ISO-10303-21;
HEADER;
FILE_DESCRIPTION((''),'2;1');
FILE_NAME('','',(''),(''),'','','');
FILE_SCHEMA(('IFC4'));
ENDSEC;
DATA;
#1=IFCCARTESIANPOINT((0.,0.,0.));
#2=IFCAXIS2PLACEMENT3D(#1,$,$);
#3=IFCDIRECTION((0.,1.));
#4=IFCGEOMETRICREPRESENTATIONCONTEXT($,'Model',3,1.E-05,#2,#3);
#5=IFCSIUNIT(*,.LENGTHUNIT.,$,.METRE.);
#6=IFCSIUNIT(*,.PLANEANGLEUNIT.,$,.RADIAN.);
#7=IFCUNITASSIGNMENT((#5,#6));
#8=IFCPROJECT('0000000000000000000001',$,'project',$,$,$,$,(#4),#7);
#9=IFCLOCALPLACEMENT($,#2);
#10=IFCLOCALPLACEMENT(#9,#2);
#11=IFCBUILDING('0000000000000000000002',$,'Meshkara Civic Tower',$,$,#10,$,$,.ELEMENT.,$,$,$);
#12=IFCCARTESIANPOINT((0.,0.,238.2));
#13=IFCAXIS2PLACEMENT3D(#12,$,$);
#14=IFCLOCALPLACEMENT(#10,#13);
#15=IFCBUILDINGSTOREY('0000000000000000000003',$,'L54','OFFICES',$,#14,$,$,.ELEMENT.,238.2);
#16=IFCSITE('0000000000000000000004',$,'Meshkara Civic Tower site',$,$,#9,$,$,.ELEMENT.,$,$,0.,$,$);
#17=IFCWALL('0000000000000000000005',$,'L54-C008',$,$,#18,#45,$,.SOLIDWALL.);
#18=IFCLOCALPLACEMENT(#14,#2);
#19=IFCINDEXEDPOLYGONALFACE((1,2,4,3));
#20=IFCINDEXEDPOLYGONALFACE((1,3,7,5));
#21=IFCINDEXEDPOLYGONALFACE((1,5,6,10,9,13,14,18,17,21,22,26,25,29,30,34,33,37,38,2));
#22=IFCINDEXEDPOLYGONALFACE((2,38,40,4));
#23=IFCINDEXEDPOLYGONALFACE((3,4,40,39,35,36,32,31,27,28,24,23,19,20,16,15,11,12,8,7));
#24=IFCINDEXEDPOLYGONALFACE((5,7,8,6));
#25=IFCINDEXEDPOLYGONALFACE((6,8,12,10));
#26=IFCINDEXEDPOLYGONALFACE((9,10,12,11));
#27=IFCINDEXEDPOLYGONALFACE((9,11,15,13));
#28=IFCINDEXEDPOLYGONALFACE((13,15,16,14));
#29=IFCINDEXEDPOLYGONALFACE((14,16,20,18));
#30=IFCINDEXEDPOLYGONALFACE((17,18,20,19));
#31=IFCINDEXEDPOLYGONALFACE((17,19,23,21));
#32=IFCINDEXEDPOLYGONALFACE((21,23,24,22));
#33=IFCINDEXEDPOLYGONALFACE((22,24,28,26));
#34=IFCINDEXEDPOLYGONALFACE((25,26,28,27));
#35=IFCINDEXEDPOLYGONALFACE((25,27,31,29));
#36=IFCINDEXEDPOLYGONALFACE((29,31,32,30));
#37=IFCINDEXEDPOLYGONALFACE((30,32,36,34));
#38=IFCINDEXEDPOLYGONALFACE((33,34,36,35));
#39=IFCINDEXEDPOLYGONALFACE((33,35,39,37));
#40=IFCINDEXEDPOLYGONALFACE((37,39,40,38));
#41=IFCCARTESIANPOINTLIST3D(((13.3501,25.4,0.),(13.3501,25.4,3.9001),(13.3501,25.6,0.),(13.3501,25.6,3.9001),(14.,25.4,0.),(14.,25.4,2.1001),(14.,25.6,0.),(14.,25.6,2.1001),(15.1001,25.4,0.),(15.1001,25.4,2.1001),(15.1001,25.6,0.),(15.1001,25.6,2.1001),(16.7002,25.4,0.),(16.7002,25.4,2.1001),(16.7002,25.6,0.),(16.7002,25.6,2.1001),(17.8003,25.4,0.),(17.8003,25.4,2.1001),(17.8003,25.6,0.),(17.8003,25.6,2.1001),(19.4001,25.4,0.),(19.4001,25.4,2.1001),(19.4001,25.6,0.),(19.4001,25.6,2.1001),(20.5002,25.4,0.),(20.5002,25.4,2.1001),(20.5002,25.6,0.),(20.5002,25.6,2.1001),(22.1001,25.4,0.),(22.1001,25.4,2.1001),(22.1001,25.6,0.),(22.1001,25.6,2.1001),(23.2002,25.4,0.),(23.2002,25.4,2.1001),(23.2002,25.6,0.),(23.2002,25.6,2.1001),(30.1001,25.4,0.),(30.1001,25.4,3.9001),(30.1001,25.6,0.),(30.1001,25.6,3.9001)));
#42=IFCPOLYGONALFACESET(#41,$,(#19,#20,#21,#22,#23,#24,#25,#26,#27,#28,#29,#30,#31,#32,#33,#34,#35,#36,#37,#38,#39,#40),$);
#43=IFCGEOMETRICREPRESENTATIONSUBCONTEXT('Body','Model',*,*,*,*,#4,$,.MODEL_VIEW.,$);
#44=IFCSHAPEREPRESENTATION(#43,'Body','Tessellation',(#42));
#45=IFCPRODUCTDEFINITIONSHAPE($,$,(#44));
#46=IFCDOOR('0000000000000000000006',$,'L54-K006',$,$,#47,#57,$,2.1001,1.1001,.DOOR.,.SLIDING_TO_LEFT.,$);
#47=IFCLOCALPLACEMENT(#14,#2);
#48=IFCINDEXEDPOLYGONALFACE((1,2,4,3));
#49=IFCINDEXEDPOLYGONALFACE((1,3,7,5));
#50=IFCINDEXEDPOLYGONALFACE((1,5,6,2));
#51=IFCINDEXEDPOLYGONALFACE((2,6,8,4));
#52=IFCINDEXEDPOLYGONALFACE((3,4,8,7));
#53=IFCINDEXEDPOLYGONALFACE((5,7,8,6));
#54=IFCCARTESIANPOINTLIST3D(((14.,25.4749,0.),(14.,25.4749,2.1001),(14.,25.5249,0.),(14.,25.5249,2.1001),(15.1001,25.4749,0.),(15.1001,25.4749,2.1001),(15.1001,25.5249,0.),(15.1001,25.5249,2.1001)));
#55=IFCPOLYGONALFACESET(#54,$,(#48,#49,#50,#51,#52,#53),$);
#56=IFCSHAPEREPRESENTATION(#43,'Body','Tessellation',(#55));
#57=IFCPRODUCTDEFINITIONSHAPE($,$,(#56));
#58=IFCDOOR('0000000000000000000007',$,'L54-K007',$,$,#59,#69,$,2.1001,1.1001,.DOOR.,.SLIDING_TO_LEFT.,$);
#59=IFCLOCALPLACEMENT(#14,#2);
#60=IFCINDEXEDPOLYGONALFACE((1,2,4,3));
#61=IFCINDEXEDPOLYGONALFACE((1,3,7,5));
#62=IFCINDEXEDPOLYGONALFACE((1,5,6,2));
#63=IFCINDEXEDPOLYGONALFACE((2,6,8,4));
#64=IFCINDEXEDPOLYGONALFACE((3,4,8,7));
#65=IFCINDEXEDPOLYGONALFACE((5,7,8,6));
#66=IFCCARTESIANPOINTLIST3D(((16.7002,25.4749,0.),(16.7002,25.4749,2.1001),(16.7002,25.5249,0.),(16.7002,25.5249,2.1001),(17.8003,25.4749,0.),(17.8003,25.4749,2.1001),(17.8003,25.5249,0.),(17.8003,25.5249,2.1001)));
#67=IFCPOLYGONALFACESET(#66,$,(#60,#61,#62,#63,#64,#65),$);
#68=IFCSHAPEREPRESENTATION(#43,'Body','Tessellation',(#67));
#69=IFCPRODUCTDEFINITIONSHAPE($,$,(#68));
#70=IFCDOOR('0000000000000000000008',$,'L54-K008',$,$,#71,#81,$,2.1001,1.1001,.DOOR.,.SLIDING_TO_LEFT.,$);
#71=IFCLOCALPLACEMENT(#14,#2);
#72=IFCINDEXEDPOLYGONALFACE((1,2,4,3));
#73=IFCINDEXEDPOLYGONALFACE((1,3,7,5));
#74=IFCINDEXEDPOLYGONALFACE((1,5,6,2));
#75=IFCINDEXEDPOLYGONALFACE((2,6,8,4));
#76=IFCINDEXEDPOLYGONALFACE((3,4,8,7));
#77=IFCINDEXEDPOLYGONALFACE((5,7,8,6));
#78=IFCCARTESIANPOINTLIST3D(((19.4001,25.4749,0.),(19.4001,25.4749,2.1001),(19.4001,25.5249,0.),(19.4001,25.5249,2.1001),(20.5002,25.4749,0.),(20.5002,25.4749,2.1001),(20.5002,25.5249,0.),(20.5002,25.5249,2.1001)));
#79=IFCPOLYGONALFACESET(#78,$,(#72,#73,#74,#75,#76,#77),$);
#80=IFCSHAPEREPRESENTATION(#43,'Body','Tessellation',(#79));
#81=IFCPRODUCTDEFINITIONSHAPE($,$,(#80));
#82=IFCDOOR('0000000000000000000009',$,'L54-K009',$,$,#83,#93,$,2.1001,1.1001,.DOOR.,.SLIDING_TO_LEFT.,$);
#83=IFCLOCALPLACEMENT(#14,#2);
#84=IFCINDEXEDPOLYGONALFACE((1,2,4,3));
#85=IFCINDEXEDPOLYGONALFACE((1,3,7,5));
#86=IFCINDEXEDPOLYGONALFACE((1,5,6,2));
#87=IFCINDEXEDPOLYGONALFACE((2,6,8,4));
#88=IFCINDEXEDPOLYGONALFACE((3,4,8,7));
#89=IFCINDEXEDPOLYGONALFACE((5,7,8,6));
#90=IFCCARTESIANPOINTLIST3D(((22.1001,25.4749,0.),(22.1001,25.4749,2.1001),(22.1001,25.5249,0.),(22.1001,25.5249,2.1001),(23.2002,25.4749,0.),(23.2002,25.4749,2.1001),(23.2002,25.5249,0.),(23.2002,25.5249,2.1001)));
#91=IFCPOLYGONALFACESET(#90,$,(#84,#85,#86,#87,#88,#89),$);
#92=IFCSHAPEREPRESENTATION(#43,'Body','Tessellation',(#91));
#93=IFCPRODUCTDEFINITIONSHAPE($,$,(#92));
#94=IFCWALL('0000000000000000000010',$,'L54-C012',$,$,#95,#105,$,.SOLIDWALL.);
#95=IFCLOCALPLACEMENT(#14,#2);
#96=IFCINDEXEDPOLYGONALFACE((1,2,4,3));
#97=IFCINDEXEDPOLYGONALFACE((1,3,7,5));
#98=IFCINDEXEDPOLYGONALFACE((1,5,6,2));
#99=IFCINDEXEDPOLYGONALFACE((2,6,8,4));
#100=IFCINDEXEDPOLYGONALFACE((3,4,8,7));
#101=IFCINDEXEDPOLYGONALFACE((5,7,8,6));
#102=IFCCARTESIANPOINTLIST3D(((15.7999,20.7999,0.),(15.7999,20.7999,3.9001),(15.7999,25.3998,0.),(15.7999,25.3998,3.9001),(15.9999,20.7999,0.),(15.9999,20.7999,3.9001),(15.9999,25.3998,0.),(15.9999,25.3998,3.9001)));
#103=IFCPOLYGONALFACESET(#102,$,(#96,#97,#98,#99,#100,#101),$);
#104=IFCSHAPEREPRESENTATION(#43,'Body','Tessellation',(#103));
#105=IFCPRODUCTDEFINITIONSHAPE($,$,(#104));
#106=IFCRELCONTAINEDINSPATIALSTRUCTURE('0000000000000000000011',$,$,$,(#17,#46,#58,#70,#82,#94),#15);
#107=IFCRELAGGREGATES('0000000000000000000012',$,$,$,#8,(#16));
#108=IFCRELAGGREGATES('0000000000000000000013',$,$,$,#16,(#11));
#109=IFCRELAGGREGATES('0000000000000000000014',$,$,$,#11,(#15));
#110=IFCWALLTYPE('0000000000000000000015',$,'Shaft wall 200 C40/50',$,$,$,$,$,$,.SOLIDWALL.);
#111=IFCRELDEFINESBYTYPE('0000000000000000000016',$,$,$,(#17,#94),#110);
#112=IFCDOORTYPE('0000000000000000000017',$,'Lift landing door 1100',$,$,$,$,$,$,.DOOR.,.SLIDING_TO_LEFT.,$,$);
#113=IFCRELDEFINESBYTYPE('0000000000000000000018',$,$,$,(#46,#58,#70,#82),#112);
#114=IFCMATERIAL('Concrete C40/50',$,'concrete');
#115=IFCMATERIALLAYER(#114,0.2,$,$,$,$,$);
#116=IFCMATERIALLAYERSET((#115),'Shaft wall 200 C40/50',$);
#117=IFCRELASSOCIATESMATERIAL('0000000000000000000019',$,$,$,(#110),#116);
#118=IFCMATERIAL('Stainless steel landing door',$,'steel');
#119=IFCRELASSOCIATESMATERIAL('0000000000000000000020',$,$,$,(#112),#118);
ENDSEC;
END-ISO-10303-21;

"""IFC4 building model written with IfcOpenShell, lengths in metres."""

from ifc_helpers import new_model, si_unit, direction, frame, frame_2d, origin, place, context, subcontext, project, spatial, rectangle, extrude, material, layer, layer_set, type_object, element, fill, save


model = new_model("IFC4")

# Units and contexts
model_context = context("Model", 3, precision=1e-05, world=origin(), true_north=direction((0.0, 1.0)))
body_context = subcontext(model_context, "Body", "Model", "MODEL_VIEW")
ifc_project = project(units=[si_unit("LENGTHUNIT", "METRE"), si_unit("PLANEANGLEUNIT", "RADIAN")], contexts=[model_context])

# Site, building, storey
site_placement = place(None, origin())
site = spatial("IfcSite", under=ifc_project, at=site_placement, Name="Meshkara Civic Tower site", CompositionType="ELEMENT", RefElevation=0.0)
building_placement = place(site_placement, origin())
building = spatial("IfcBuilding", under=site, at=building_placement, Name="Meshkara Civic Tower", CompositionType="ELEMENT")
storey_placement = place(building_placement, frame((0.0, 0.0, 238.2)))
storey = spatial("IfcBuildingStorey", under=building, at=storey_placement, Name="L54", Description="OFFICES", CompositionType="ELEMENT", Elevation=238.2)

# Wall, openings, doors
ifc_material_1 = material(Name="Concrete C40/50", Category="concrete")
ifc_layer_1 = layer(ifc_material_1, 0.2)
ifc_layer_set_1 = layer_set([ifc_layer_1], Name="Shaft wall 200 C40/50")
wall_type_1 = type_object("IfcWallType", Name="Shaft wall 200 C40/50", PredefinedType="SOLIDWALL", material=ifc_layer_set_1)
ifc_material_2 = material(Name="Stainless steel landing door", Category="steel")
door_type_1 = type_object("IfcDoorType", Name="Lift landing door 1100", OperationType="SLIDING_TO_LEFT", PredefinedType="DOOR", material=ifc_material_2)
wall_1_placement = place(storey_placement, frame((13.3501, 25.5, 0.0), z_axis=(0.0, 0.0, 1.0), x_axis=(1.0, 0.0, 0.0)))
wall_1 = element("IfcWall", 1, at=wall_1_placement, inside=storey, type_object=wall_type_1, Name="L54-C008", PredefinedType="SOLIDWALL", context=body_context, shape_type="SweptSolid", body=[
    extrude(rectangle(XDim=16.75, YDim=0.2, at=frame_2d((8.375, 0.0))), origin(), (0.0, 0.0, 1.0), 3.9001),
])
opening_1_placement = place(wall_1_placement, frame((0.6499, 0.0, 0.0)))
opening_1 = element("IfcOpeningElement", 2, at=opening_1_placement, cuts=wall_1, PredefinedType="OPENING", context=body_context, shape_type="SweptSolid", body=[
    extrude(rectangle(XDim=1.1001, YDim=2.1001, at=frame_2d((0.55, 1.05))), frame((0.0, 0.1099, 0.0), z_axis=(0.0, -1.0, 0.0), x_axis=(1.0, 0.0, 0.0)), (0.0, 0.0, 1.0), 0.22),
])
opening_2_placement = place(wall_1_placement, frame((3.3501, 0.0, 0.0)))
opening_2 = element("IfcOpeningElement", 3, at=opening_2_placement, cuts=wall_1, PredefinedType="OPENING", context=body_context, shape_type="SweptSolid", body=[
    extrude(rectangle(XDim=1.1001, YDim=2.1001, at=frame_2d((0.55, 1.05))), frame((0.0, 0.1099, 0.0), z_axis=(0.0, -1.0, 0.0), x_axis=(1.0, 0.0, 0.0)), (0.0, 0.0, 1.0), 0.22),
])
opening_3_placement = place(wall_1_placement, frame((6.05, 0.0, 0.0)))
opening_3 = element("IfcOpeningElement", 4, at=opening_3_placement, cuts=wall_1, PredefinedType="OPENING", context=body_context, shape_type="SweptSolid", body=[
    extrude(rectangle(XDim=1.1001, YDim=2.1001, at=frame_2d((0.55, 1.05))), frame((0.0, 0.1099, 0.0), z_axis=(0.0, -1.0, 0.0), x_axis=(1.0, 0.0, 0.0)), (0.0, 0.0, 1.0), 0.22),
])
opening_4_placement = place(wall_1_placement, frame((8.75, 0.0, 0.0)))
opening_4 = element("IfcOpeningElement", 5, at=opening_4_placement, cuts=wall_1, PredefinedType="OPENING", context=body_context, shape_type="SweptSolid", body=[
    extrude(rectangle(XDim=1.1001, YDim=2.1001, at=frame_2d((0.55, 1.05))), frame((0.0, 0.1099, 0.0), z_axis=(0.0, -1.0, 0.0), x_axis=(1.0, 0.0, 0.0)), (0.0, 0.0, 1.0), 0.22),
])
door_1_placement = place(opening_1_placement, origin())
door_1 = element("IfcDoor", 6, at=door_1_placement, inside=storey, type_object=door_type_1, Name="L54-K006", OperationType="SLIDING_TO_LEFT", OverallHeight=2.1001, OverallWidth=1.1001, PredefinedType="DOOR", context=body_context, shape_type="SweptSolid", body=[
    extrude(rectangle(XDim=1.1001, YDim=2.1001, at=frame_2d((0.55, 1.05))), frame((0.0, 0.0249, 0.0), z_axis=(0.0, -1.0, 0.0), x_axis=(1.0, 0.0, 0.0)), (0.0, 0.0, 1.0), 0.05),
])
fill(opening_1, door_1)
door_2_placement = place(opening_2_placement, origin())
door_2 = element("IfcDoor", 7, at=door_2_placement, inside=storey, type_object=door_type_1, Name="L54-K007", OperationType="SLIDING_TO_LEFT", OverallHeight=2.1001, OverallWidth=1.1001, PredefinedType="DOOR", context=body_context, shape_type="SweptSolid", body=[
    extrude(rectangle(XDim=1.1001, YDim=2.1001, at=frame_2d((0.55, 1.05))), frame((0.0, 0.0249, 0.0), z_axis=(0.0, -1.0, 0.0), x_axis=(1.0, 0.0, 0.0)), (0.0, 0.0, 1.0), 0.05),
])
fill(opening_2, door_2)
door_3_placement = place(opening_3_placement, origin())
door_3 = element("IfcDoor", 8, at=door_3_placement, inside=storey, type_object=door_type_1, Name="L54-K008", OperationType="SLIDING_TO_LEFT", OverallHeight=2.1001, OverallWidth=1.1001, PredefinedType="DOOR", context=body_context, shape_type="SweptSolid", body=[
    extrude(rectangle(XDim=1.1001, YDim=2.1001, at=frame_2d((0.55, 1.05))), frame((0.0, 0.0249, 0.0), z_axis=(0.0, -1.0, 0.0), x_axis=(1.0, 0.0, 0.0)), (0.0, 0.0, 1.0), 0.05),
])
fill(opening_3, door_3)
door_4_placement = place(opening_4_placement, origin())
door_4 = element("IfcDoor", 9, at=door_4_placement, inside=storey, type_object=door_type_1, Name="L54-K009", OperationType="SLIDING_TO_LEFT", OverallHeight=2.1001, OverallWidth=1.1001, PredefinedType="DOOR", context=body_context, shape_type="SweptSolid", body=[
    extrude(rectangle(XDim=1.1001, YDim=2.1001, at=frame_2d((0.55, 1.05))), frame((0.0, 0.0249, 0.0), z_axis=(0.0, -1.0, 0.0), x_axis=(1.0, 0.0, 0.0)), (0.0, 0.0, 1.0), 0.05),
])
fill(opening_4, door_4)

# Wall
wall_2_placement = place(storey_placement, frame((15.8999, 20.8, 0.0), z_axis=(0.0, 0.0, 1.0), x_axis=(0.0, 1.0, 0.0)))
element("IfcWall", 10, at=wall_2_placement, inside=storey, type_object=wall_type_1, Name="L54-C012", PredefinedType="SOLIDWALL", context=body_context, shape_type="SweptSolid", body=[
    extrude(rectangle(XDim=4.5999, YDim=0.2, at=frame_2d((2.2998, 0.0))), origin(), (0.0, 0.0, 1.0), 3.9001),
])

save(model, "model.ifc")
